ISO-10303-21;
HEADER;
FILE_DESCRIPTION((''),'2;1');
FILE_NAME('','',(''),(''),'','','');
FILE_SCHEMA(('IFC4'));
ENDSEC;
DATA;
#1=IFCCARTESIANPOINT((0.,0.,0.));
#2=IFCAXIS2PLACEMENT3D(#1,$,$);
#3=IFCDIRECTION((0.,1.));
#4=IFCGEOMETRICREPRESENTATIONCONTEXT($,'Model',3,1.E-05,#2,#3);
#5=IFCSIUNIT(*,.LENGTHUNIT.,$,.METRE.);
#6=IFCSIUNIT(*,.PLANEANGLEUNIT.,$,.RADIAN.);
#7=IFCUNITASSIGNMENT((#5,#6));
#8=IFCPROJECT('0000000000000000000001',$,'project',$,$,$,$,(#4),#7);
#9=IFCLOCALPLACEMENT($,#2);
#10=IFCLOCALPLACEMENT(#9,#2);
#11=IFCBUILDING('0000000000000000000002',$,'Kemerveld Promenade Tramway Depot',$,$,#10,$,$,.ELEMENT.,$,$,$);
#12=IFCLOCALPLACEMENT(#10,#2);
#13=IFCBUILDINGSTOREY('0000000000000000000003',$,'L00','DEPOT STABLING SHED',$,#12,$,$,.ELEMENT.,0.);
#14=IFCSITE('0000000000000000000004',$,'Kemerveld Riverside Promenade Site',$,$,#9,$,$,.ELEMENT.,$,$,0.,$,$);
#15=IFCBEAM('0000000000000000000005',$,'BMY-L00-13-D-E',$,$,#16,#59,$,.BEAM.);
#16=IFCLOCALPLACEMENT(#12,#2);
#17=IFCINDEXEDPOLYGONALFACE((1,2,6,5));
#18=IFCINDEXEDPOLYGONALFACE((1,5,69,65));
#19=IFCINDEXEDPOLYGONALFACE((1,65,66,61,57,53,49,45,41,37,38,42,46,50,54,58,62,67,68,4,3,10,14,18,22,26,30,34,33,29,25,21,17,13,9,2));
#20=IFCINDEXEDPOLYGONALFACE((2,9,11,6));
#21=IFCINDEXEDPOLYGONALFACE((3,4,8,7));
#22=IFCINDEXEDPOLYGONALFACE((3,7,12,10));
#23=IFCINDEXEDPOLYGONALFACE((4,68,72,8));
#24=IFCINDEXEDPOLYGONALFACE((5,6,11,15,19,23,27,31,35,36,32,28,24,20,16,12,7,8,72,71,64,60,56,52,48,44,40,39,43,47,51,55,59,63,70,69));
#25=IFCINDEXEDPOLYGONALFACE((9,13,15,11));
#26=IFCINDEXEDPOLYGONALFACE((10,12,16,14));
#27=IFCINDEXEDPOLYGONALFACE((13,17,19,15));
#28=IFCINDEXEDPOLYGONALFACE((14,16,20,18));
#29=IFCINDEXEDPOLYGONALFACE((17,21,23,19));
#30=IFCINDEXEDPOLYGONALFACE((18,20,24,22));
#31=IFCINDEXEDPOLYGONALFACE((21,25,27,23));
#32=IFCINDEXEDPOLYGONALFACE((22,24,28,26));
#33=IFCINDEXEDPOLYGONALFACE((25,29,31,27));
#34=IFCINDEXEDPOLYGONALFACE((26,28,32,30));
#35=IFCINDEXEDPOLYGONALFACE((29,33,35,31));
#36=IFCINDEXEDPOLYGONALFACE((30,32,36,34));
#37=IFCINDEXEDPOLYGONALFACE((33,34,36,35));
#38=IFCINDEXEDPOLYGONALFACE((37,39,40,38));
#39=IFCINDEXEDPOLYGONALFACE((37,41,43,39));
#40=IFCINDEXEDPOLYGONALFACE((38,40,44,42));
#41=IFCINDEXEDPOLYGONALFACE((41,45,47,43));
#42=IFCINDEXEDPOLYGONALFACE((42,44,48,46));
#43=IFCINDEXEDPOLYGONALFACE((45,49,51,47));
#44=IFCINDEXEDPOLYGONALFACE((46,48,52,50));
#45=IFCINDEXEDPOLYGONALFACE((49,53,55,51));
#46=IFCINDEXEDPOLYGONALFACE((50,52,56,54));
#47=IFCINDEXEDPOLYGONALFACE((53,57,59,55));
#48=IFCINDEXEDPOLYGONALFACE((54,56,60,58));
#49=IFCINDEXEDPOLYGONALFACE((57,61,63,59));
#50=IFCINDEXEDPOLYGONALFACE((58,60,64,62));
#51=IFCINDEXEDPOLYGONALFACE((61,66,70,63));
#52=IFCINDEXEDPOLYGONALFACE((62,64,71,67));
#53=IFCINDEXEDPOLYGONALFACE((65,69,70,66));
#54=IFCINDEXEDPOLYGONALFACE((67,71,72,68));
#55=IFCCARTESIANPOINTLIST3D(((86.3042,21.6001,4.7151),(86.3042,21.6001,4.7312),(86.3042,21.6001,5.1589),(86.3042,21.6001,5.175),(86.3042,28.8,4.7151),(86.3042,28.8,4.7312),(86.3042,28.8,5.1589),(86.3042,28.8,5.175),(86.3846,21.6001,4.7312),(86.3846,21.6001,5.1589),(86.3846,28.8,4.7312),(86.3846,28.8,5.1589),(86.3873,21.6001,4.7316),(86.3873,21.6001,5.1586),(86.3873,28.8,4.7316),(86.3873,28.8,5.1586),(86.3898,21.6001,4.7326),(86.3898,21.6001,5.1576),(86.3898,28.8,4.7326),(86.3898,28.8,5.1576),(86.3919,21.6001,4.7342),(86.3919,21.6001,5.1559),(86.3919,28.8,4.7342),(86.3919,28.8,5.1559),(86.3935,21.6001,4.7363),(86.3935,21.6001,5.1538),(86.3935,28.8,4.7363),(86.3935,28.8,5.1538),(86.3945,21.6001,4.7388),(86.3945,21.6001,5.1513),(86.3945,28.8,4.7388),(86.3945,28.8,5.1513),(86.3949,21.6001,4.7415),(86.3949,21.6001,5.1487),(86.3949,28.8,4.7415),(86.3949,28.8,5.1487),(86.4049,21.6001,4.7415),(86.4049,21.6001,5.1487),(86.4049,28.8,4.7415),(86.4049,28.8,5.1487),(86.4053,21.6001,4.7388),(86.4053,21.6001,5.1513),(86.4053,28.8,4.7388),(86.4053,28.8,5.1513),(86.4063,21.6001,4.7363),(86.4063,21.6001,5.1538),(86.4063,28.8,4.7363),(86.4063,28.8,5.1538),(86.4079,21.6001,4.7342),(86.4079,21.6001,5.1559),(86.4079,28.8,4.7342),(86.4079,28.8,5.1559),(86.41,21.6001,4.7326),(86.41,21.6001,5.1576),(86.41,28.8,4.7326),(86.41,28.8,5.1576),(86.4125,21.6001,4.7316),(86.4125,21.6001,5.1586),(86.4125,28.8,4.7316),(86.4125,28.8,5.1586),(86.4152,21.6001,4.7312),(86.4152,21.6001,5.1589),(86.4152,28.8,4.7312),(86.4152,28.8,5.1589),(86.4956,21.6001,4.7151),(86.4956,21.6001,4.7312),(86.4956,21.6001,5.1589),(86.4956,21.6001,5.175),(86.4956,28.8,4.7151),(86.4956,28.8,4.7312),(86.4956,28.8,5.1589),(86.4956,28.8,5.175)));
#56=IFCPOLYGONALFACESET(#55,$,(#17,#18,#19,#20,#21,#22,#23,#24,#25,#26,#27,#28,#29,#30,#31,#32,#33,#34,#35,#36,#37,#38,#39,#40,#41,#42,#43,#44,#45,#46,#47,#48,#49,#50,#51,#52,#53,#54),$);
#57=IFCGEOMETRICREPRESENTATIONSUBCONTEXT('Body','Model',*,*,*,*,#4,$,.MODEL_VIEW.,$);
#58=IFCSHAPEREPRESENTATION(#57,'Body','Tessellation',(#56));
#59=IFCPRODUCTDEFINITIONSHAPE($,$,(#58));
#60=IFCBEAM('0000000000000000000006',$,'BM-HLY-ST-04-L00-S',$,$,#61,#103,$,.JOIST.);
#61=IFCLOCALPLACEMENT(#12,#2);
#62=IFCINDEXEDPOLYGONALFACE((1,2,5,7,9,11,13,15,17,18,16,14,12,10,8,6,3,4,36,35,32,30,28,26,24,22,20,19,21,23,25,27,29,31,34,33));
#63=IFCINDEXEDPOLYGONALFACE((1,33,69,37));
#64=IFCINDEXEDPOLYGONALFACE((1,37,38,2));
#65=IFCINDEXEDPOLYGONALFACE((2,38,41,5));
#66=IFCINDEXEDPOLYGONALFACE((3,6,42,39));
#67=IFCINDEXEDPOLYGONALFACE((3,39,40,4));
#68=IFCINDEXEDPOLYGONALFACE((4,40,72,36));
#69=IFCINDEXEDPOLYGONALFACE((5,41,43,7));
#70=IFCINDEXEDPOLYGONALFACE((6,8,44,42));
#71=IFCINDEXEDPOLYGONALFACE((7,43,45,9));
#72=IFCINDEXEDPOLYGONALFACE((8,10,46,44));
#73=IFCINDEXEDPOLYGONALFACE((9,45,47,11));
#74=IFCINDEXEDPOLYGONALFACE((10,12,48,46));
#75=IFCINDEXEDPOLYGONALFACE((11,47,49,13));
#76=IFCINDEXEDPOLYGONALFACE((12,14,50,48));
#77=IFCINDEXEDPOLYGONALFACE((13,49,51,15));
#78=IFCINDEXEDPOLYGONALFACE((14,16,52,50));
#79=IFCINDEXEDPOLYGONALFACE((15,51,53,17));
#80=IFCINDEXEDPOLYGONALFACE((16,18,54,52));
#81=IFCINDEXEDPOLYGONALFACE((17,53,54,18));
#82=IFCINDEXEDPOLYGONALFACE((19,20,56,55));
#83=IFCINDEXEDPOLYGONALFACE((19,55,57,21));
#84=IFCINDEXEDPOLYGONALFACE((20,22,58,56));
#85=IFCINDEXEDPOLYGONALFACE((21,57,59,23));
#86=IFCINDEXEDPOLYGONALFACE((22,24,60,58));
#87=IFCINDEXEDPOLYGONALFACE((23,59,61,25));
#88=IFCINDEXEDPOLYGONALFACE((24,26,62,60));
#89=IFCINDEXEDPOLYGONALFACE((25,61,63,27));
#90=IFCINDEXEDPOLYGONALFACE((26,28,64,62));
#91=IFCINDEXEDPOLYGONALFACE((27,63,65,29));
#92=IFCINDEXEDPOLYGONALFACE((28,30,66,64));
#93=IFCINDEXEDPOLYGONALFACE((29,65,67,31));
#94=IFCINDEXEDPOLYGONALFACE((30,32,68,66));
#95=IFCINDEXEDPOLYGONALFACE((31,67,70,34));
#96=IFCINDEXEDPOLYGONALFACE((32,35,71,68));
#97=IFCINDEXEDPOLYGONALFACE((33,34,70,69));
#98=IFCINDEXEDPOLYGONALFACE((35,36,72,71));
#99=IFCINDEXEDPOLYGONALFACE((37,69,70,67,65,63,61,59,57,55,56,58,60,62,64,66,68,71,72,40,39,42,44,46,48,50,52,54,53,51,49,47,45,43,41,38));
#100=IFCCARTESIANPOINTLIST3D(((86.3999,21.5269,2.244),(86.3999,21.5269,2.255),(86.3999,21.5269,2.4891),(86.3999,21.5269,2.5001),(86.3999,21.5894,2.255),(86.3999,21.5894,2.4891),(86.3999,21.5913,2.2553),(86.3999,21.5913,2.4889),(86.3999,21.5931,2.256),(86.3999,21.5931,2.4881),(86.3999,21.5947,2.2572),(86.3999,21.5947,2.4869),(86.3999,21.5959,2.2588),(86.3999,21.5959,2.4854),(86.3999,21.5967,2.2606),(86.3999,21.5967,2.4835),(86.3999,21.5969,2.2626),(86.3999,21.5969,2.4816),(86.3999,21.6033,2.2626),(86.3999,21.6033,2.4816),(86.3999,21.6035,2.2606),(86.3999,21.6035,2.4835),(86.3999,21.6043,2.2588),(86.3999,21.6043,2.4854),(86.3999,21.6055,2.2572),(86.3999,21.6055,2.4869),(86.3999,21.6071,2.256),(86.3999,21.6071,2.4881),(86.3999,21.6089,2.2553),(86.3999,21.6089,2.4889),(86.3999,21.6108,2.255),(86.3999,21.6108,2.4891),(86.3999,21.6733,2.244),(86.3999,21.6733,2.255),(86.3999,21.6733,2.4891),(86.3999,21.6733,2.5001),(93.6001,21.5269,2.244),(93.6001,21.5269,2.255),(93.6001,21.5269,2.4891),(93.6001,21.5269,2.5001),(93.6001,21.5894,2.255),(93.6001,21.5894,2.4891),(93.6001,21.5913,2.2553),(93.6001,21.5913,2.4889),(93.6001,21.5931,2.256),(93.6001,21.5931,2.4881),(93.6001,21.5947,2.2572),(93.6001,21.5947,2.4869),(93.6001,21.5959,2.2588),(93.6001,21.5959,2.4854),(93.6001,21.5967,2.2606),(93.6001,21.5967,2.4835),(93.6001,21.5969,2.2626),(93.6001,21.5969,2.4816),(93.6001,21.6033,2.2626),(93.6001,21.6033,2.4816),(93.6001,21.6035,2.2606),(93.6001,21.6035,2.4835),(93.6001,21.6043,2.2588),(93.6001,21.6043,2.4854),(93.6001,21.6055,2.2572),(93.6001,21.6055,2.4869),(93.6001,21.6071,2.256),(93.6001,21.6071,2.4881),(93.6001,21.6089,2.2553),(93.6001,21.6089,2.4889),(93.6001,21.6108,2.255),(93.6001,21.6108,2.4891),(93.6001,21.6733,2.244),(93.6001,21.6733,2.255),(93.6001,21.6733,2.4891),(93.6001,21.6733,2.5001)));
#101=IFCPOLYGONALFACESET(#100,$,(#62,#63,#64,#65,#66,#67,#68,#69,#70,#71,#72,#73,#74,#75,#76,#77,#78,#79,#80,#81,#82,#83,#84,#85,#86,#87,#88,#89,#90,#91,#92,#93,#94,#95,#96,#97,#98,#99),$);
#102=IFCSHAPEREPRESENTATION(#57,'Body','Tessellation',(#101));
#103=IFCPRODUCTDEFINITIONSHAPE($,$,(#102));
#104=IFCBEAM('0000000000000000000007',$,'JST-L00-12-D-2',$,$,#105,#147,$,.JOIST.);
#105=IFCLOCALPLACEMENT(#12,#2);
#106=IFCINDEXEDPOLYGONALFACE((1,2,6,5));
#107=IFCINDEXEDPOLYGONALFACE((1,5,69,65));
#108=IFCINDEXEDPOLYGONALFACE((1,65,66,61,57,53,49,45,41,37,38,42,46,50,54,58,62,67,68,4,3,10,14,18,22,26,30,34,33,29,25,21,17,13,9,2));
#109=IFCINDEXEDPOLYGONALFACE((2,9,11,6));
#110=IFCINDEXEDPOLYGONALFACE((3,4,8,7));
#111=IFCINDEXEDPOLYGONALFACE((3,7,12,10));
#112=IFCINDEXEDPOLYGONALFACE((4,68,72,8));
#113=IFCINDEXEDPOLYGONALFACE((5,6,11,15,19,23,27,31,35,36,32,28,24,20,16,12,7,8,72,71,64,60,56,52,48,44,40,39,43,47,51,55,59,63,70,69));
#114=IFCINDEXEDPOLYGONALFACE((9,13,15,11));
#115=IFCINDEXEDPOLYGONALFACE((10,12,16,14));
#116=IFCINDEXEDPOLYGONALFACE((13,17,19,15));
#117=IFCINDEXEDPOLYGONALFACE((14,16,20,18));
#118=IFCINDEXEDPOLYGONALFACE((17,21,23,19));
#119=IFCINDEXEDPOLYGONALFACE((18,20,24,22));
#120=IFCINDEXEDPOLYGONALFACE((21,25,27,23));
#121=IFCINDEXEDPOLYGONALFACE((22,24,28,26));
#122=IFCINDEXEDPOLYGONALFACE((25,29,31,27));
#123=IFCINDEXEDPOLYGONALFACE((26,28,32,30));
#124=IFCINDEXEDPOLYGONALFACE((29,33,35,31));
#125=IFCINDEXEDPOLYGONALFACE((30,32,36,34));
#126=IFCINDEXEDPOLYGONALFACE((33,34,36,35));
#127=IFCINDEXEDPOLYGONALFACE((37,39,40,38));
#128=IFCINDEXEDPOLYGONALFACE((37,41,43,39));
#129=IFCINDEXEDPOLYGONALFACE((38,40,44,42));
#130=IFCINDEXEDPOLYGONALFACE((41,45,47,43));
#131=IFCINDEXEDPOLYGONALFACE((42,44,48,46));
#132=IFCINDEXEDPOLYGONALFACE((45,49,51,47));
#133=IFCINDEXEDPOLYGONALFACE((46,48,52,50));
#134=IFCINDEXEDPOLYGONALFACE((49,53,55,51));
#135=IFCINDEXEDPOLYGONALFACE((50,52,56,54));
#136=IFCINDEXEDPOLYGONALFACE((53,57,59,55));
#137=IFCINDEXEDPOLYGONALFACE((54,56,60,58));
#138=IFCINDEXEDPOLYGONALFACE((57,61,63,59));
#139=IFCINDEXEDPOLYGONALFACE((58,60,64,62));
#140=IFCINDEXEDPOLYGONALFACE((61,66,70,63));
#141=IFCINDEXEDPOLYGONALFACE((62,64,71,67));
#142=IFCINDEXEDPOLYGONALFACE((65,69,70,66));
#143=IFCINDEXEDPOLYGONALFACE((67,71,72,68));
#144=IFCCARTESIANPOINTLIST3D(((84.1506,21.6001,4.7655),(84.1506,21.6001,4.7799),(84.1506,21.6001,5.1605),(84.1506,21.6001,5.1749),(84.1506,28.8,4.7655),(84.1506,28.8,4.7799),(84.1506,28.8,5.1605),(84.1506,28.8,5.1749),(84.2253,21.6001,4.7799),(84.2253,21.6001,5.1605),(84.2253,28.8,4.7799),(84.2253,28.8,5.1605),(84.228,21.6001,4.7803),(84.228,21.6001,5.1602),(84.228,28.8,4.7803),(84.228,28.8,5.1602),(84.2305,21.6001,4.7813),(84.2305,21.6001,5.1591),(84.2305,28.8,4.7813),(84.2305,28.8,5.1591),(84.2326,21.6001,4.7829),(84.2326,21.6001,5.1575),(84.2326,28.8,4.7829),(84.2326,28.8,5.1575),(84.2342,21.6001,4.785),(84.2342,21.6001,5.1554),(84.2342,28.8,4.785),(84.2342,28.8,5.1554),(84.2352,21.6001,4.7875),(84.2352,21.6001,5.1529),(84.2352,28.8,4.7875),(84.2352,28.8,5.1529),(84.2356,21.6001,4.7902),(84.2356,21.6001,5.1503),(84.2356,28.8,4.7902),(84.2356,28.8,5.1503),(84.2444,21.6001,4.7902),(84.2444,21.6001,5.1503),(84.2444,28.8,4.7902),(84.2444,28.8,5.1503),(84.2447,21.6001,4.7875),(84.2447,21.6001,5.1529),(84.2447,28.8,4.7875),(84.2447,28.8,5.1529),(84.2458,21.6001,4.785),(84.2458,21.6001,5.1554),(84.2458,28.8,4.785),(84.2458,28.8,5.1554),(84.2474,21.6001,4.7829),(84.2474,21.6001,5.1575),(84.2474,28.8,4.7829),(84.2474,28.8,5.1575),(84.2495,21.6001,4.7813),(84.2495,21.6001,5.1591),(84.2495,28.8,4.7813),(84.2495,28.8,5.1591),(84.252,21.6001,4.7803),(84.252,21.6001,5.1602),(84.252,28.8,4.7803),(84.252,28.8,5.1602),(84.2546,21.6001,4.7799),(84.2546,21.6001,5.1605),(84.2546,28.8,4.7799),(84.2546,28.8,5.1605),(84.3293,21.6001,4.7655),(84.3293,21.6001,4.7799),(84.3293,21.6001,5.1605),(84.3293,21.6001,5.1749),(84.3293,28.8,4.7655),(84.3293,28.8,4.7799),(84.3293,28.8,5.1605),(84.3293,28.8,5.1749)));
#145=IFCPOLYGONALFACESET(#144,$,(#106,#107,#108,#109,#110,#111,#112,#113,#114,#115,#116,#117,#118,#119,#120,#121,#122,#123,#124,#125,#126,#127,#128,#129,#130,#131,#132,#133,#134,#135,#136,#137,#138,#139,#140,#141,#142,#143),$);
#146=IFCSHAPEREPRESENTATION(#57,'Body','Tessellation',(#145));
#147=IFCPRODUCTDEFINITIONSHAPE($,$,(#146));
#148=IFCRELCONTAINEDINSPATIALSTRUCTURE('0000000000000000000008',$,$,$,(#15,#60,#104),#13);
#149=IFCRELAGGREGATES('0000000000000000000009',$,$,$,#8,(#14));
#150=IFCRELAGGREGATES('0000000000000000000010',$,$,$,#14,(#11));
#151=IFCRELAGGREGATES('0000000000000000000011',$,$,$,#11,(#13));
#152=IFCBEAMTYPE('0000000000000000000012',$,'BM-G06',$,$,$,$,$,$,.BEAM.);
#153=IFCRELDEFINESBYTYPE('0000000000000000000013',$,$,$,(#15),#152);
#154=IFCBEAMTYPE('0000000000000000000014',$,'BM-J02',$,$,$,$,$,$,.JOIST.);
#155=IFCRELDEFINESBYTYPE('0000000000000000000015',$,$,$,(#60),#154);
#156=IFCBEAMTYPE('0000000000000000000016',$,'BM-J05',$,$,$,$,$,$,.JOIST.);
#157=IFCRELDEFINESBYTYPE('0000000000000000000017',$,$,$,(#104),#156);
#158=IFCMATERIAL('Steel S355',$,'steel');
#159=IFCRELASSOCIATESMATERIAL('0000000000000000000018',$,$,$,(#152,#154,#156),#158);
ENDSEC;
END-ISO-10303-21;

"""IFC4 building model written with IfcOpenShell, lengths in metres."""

from ifc_helpers import new_model, si_unit, direction, frame, origin, origin_2d, place, context, subcontext, project, spatial, i_section, extrude, material, material_profile, profile_set, type_object, element, save


model = new_model("IFC4")

# Units and contexts
model_context = context("Model", 3, precision=1e-05, world=origin(), true_north=direction((0.0, 1.0)))
body_context = subcontext(model_context, "Body", "Model", "MODEL_VIEW")
ifc_project = project(units=[si_unit("LENGTHUNIT", "METRE"), si_unit("PLANEANGLEUNIT", "RADIAN")], contexts=[model_context])

# Site, building, storey
site_placement = place(None, origin())
site = spatial("IfcSite", under=ifc_project, at=site_placement, Name="Kemerveld Riverside Promenade Site", CompositionType="ELEMENT", RefElevation=0.0)
building_placement = place(site_placement, origin())
building = spatial("IfcBuilding", under=site, at=building_placement, Name="Kemerveld Promenade Tramway Depot", CompositionType="ELEMENT")
storey_placement = place(building_placement, origin())
storey = spatial("IfcBuildingStorey", under=building, at=storey_placement, Name="L00", Description="DEPOT STABLING SHED", CompositionType="ELEMENT", Elevation=0.0)

# Shared definitions
ifc_material_1 = material(Name="Steel S355", Category="steel")

# Beams
ifc_material_profile_1 = material_profile(ifc_material_1, i_section(OverallWidth=0.1914, OverallDepth=0.46, WebThickness=0.01, FlangeThickness=0.0161, FilletRadius=0.0103, at=origin_2d()), Name="457x191x82 UB")
ifc_profile_set_1 = profile_set([ifc_material_profile_1], Name="Steel S355")
beam_type_1 = type_object("IfcBeamType", Name="BM-G06", PredefinedType="BEAM", material=ifc_profile_set_1)
beam_1_placement = place(storey_placement, frame((86.3999, 21.6001, 4.9451), z_axis=(0.0, 1.0, 0.0), x_axis=(-1.0, 0.0, 0.0)))
element("IfcBeam", 1, at=beam_1_placement, inside=storey, type_object=beam_type_1, Name="BMY-L00-13-D-E", PredefinedType="BEAM", context=body_context, shape_type="SweptSolid", body=[
    extrude(i_section(OverallWidth=0.1914, OverallDepth=0.46, WebThickness=0.01, FlangeThickness=0.0161, FilletRadius=0.0103, at=origin_2d()), origin(), (0.0, 0.0, 1.0), 7.2),
])
ifc_material_profile_2 = material_profile(ifc_material_1, i_section(OverallWidth=0.1465, OverallDepth=0.2561, WebThickness=0.0063, FlangeThickness=0.011, FilletRadius=0.0076, at=origin_2d()), Name="254x146x37 UB")
ifc_profile_set_2 = profile_set([ifc_material_profile_2], Name="Steel S355")
beam_type_2 = type_object("IfcBeamType", Name="BM-J02", PredefinedType="JOIST", material=ifc_profile_set_2)
beam_2_placement = place(storey_placement, frame((86.3999, 21.6001, 2.3721), z_axis=(1.0, 0.0, 0.0), x_axis=(0.0, 1.0, 0.0)))
element("IfcBeam", 2, at=beam_2_placement, inside=storey, type_object=beam_type_2, Name="BM-HLY-ST-04-L00-S", PredefinedType="JOIST", context=body_context, shape_type="SweptSolid", body=[
    extrude(i_section(OverallWidth=0.1465, OverallDepth=0.2561, WebThickness=0.0063, FlangeThickness=0.011, FilletRadius=0.0076, at=origin_2d()), origin(), (0.0, 0.0, 1.0), 7.2002),
])
ifc_material_profile_3 = material_profile(ifc_material_1, i_section(OverallWidth=0.1787, OverallDepth=0.4094, WebThickness=0.0088, FlangeThickness=0.0144, FilletRadius=0.0103, at=origin_2d()), Name="406x178x67 UB")
ifc_profile_set_3 = profile_set([ifc_material_profile_3], Name="Steel S355")
beam_type_3 = type_object("IfcBeamType", Name="BM-J05", PredefinedType="JOIST", material=ifc_profile_set_3)
beam_3_placement = place(storey_placement, frame((84.24, 21.6001, 4.9702), z_axis=(0.0, 1.0, 0.0), x_axis=(-1.0, 0.0, 0.0)))
element("IfcBeam", 3, at=beam_3_placement, inside=storey, type_object=beam_type_3, Name="JST-L00-12-D-2", PredefinedType="JOIST", context=body_context, shape_type="SweptSolid", body=[
    extrude(i_section(OverallWidth=0.1787, OverallDepth=0.4094, WebThickness=0.0088, FlangeThickness=0.0144, FilletRadius=0.0103, at=origin_2d()), origin(), (0.0, 0.0, 1.0), 7.2),
])

save(model, "model.ifc")
